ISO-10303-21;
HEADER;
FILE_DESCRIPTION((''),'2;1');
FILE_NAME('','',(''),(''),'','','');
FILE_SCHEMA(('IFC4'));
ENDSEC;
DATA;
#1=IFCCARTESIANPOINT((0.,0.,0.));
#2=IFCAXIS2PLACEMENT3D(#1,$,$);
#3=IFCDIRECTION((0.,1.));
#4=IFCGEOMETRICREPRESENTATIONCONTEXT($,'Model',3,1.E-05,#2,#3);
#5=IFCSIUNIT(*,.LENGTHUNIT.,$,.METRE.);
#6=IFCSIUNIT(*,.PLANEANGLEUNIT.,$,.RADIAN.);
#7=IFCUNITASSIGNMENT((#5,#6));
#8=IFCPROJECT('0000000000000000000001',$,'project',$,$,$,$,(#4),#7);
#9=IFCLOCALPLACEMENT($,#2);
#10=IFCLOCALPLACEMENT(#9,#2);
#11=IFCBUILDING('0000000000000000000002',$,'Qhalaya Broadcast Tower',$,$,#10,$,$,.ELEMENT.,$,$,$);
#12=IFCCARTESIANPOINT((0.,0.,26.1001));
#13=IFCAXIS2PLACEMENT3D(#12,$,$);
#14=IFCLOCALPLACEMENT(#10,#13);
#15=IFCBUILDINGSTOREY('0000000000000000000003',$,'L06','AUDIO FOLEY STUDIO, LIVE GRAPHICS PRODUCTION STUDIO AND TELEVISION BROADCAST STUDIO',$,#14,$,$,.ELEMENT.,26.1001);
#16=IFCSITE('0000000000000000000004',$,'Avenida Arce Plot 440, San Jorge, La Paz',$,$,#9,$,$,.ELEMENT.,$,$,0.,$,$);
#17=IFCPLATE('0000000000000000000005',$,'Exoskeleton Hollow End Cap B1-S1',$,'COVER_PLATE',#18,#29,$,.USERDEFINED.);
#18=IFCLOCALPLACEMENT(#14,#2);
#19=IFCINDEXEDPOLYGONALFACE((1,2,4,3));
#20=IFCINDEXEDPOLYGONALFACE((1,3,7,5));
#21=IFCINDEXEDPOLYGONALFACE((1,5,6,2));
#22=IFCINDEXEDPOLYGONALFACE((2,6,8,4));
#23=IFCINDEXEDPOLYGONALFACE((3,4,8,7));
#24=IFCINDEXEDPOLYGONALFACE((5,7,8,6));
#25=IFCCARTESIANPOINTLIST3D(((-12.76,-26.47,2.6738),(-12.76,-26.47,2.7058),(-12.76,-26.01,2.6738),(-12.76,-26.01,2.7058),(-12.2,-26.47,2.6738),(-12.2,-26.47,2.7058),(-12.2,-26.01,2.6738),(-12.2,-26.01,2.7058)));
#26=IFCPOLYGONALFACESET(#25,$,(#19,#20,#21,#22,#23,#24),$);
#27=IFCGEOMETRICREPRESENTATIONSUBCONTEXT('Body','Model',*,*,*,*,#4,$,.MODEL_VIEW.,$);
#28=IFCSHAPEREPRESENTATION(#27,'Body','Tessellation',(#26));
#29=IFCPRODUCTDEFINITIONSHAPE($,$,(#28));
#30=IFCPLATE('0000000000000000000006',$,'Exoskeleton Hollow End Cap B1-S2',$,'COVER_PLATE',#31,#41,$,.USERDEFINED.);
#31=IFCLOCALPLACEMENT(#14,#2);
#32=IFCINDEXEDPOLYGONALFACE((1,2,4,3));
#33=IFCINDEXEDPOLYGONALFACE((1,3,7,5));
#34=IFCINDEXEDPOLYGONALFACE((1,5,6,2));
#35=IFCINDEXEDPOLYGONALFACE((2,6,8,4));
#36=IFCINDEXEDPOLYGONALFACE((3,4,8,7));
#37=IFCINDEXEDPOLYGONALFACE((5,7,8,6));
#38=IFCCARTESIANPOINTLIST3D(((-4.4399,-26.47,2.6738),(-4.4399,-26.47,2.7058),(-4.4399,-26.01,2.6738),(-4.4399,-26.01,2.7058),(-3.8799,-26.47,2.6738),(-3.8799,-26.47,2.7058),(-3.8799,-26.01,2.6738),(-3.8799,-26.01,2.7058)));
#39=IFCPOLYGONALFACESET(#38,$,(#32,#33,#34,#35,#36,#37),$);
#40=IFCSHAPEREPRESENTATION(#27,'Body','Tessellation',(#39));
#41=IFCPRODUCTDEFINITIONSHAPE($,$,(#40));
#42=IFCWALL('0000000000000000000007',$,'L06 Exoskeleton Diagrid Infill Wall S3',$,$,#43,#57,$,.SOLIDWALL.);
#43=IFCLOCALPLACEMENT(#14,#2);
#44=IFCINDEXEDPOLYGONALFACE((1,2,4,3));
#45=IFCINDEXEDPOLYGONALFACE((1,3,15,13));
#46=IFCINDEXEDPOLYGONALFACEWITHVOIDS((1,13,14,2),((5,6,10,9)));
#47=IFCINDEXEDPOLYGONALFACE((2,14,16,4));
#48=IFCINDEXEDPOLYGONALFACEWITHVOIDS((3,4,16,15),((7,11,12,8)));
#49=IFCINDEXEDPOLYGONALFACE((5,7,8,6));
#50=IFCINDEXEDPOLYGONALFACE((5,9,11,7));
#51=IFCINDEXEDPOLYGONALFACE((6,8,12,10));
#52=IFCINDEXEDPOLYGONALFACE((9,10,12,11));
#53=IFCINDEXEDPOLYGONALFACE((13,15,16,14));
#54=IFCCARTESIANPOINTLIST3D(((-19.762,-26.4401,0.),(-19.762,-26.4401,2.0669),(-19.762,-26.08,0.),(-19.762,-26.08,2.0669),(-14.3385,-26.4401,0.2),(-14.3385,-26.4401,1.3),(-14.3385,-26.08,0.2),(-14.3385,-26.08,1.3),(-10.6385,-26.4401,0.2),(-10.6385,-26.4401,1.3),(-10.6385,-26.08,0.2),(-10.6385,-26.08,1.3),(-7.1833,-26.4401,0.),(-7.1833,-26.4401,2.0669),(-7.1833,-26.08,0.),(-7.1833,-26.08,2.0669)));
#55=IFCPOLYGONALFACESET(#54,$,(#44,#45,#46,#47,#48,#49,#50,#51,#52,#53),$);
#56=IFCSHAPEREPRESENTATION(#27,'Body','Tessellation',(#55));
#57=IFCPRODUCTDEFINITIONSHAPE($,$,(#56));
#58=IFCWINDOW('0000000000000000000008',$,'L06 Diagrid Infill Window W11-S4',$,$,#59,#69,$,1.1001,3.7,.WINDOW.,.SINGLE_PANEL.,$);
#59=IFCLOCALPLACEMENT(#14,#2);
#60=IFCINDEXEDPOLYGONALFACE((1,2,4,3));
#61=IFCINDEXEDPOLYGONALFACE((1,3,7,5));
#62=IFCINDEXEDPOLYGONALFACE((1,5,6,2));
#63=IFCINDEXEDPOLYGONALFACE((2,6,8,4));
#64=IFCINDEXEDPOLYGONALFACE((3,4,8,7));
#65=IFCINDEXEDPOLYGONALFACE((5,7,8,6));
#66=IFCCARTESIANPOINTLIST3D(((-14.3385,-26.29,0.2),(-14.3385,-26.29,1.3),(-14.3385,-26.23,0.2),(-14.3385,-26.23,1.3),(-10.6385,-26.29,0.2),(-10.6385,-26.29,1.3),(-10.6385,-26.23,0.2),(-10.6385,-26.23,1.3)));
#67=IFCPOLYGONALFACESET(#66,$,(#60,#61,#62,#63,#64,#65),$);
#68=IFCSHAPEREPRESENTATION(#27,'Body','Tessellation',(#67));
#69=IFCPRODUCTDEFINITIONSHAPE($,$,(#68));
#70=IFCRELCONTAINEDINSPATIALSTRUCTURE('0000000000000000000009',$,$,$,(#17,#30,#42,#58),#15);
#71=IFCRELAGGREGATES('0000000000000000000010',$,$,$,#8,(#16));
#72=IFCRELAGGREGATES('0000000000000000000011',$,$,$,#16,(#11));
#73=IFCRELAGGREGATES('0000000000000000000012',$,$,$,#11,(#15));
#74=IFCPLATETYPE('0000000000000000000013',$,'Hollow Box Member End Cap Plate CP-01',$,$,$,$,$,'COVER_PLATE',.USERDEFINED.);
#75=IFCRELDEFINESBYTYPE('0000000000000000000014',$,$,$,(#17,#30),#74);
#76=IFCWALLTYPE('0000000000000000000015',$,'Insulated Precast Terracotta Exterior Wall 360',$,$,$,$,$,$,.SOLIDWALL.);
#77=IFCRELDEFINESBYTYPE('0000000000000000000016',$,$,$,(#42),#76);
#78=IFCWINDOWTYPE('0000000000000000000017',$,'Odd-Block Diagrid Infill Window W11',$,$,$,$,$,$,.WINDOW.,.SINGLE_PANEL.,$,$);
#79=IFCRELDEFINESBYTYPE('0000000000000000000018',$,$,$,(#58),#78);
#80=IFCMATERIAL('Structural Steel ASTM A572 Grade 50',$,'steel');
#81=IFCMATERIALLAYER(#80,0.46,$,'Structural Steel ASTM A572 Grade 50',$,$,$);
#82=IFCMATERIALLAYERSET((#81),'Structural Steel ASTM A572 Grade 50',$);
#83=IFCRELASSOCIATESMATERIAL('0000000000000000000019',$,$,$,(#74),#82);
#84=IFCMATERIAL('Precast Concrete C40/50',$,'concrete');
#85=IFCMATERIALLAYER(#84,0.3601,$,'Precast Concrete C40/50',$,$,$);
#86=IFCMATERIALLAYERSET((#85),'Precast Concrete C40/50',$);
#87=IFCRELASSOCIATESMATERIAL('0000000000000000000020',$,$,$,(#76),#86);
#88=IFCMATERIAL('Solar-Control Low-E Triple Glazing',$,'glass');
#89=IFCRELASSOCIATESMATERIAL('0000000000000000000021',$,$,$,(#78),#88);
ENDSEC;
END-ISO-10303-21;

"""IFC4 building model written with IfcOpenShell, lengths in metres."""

from ifc_helpers import new_model, si_unit, direction, frame, frame_2d, origin, origin_2d, place, context, subcontext, project, spatial, rectangle, extrude, material, layer, layer_set, type_object, element, fill, save


model = new_model("IFC4")

# Units and contexts
model_context = context("Model", 3, precision=1e-05, world=origin(), true_north=direction((0.0, 1.0)))
body_context = subcontext(model_context, "Body", "Model", "MODEL_VIEW")
ifc_project = project(units=[si_unit("LENGTHUNIT", "METRE"), si_unit("PLANEANGLEUNIT", "RADIAN")], contexts=[model_context])

# Site, building, storey
site_placement = place(None, origin())
site = spatial("IfcSite", under=ifc_project, at=site_placement, Name="Avenida Arce Plot 440, San Jorge, La Paz", CompositionType="ELEMENT", RefElevation=0.0)
building_placement = place(site_placement, origin())
building = spatial("IfcBuilding", under=site, at=building_placement, Name="Qhalaya Broadcast Tower", CompositionType="ELEMENT")
storey_placement = place(building_placement, frame((0.0, 0.0, 26.1001)))
storey = spatial("IfcBuildingStorey", under=building, at=storey_placement, Name="L06", Description="AUDIO FOLEY STUDIO, LIVE GRAPHICS PRODUCTION STUDIO AND TELEVISION BROADCAST STUDIO", CompositionType="ELEMENT", Elevation=26.1001)

# Shared definitions
ifc_material_1 = material(Name="Structural Steel ASTM A572 Grade 50", Category="steel")

# Plates
ifc_layer_1 = layer(ifc_material_1, 0.46, Name="Structural Steel ASTM A572 Grade 50")
ifc_layer_set_1 = layer_set([ifc_layer_1], Name="Structural Steel ASTM A572 Grade 50")
plate_type_1 = type_object("IfcPlateType", Name="Hollow Box Member End Cap Plate CP-01", ElementType="COVER_PLATE", PredefinedType="USERDEFINED", material=ifc_layer_set_1)
for number, where, z_axis, x_axis, name in (
    (1, (-12.48, -26.24, 2.6738), (0.0, 0.0, 1.0), (1.0, 0.0, 0.0), "Exoskeleton Hollow End Cap B1-S1"),
    (2, (-4.1599, -26.24, 2.6738), (0.0, 0.0, 1.0), (1.0, 0.0, 0.0), "Exoskeleton Hollow End Cap B1-S2"),
):
    element("IfcPlate", number, at=place(storey_placement, frame(where, z_axis=z_axis, x_axis=x_axis)), inside=storey, type_object=plate_type_1, Name=name, ObjectType="COVER_PLATE", PredefinedType="USERDEFINED", context=body_context, shape_type="SweptSolid", body=[
        extrude(rectangle(XDim=0.5601, YDim=0.46, at=origin_2d()), origin(), (0.0, 0.0, 1.0), 0.032),
    ])

# Wall, opening, window
ifc_material_2 = material(Name="Precast Concrete C40/50", Category="concrete")
ifc_layer_2 = layer(ifc_material_2, 0.3601, Name="Precast Concrete C40/50")
ifc_layer_set_2 = layer_set([ifc_layer_2], Name="Precast Concrete C40/50")
wall_type = type_object("IfcWallType", Name="Insulated Precast Terracotta Exterior Wall 360", PredefinedType="SOLIDWALL", material=ifc_layer_set_2)
wall_placement = place(storey_placement, frame((-7.1833, -26.26, 0.0), z_axis=(0.0, 0.0, 1.0), x_axis=(-1.0, 0.0, 0.0)))
wall = element("IfcWall", 3, at=wall_placement, inside=storey, type_object=wall_type, Name="L06 Exoskeleton Diagrid Infill Wall S3", PredefinedType="SOLIDWALL", context=body_context, shape_type="SweptSolid", body=[
    extrude(rectangle(XDim=12.5786, YDim=0.3601, at=frame_2d((6.2893, 0.0))), origin(), (0.0, 0.0, 1.0), 2.0669),
])
opening_placement = place(wall_placement, frame((3.4551, 0.0, 0.2)))
opening = element("IfcOpeningElement", 4, at=opening_placement, cuts=wall, PredefinedType="OPENING", context=body_context, shape_type="SweptSolid", body=[
    extrude(rectangle(XDim=3.7, YDim=1.1001, at=frame_2d((1.8501, 0.55))), frame((0.0, 0.1921, 0.0), z_axis=(0.0, -1.0, 0.0), x_axis=(1.0, 0.0, 0.0)), (0.0, 0.0, 1.0), 0.384),
])
ifc_material_3 = material(Name="Solar-Control Low-E Triple Glazing", Category="glass")
window_type = type_object("IfcWindowType", Name="Odd-Block Diagrid Infill Window W11", PartitioningType="SINGLE_PANEL", PredefinedType="WINDOW", material=ifc_material_3)
window_placement = place(opening_placement, origin())
window = element("IfcWindow", 5, at=window_placement, inside=storey, type_object=window_type, Name="L06 Diagrid Infill Window W11-S4", OverallHeight=1.1001, OverallWidth=3.7, PartitioningType="SINGLE_PANEL", PredefinedType="WINDOW", context=body_context, shape_type="SweptSolid", body=[
    extrude(rectangle(XDim=3.7, YDim=1.1001, at=frame_2d((1.8501, 0.55))), frame((0.0, 0.03, 0.0), z_axis=(0.0, -1.0, 0.0), x_axis=(1.0, 0.0, 0.0)), (0.0, 0.0, 1.0), 0.0601),
])
fill(opening, window)

save(model, "model.ifc")
